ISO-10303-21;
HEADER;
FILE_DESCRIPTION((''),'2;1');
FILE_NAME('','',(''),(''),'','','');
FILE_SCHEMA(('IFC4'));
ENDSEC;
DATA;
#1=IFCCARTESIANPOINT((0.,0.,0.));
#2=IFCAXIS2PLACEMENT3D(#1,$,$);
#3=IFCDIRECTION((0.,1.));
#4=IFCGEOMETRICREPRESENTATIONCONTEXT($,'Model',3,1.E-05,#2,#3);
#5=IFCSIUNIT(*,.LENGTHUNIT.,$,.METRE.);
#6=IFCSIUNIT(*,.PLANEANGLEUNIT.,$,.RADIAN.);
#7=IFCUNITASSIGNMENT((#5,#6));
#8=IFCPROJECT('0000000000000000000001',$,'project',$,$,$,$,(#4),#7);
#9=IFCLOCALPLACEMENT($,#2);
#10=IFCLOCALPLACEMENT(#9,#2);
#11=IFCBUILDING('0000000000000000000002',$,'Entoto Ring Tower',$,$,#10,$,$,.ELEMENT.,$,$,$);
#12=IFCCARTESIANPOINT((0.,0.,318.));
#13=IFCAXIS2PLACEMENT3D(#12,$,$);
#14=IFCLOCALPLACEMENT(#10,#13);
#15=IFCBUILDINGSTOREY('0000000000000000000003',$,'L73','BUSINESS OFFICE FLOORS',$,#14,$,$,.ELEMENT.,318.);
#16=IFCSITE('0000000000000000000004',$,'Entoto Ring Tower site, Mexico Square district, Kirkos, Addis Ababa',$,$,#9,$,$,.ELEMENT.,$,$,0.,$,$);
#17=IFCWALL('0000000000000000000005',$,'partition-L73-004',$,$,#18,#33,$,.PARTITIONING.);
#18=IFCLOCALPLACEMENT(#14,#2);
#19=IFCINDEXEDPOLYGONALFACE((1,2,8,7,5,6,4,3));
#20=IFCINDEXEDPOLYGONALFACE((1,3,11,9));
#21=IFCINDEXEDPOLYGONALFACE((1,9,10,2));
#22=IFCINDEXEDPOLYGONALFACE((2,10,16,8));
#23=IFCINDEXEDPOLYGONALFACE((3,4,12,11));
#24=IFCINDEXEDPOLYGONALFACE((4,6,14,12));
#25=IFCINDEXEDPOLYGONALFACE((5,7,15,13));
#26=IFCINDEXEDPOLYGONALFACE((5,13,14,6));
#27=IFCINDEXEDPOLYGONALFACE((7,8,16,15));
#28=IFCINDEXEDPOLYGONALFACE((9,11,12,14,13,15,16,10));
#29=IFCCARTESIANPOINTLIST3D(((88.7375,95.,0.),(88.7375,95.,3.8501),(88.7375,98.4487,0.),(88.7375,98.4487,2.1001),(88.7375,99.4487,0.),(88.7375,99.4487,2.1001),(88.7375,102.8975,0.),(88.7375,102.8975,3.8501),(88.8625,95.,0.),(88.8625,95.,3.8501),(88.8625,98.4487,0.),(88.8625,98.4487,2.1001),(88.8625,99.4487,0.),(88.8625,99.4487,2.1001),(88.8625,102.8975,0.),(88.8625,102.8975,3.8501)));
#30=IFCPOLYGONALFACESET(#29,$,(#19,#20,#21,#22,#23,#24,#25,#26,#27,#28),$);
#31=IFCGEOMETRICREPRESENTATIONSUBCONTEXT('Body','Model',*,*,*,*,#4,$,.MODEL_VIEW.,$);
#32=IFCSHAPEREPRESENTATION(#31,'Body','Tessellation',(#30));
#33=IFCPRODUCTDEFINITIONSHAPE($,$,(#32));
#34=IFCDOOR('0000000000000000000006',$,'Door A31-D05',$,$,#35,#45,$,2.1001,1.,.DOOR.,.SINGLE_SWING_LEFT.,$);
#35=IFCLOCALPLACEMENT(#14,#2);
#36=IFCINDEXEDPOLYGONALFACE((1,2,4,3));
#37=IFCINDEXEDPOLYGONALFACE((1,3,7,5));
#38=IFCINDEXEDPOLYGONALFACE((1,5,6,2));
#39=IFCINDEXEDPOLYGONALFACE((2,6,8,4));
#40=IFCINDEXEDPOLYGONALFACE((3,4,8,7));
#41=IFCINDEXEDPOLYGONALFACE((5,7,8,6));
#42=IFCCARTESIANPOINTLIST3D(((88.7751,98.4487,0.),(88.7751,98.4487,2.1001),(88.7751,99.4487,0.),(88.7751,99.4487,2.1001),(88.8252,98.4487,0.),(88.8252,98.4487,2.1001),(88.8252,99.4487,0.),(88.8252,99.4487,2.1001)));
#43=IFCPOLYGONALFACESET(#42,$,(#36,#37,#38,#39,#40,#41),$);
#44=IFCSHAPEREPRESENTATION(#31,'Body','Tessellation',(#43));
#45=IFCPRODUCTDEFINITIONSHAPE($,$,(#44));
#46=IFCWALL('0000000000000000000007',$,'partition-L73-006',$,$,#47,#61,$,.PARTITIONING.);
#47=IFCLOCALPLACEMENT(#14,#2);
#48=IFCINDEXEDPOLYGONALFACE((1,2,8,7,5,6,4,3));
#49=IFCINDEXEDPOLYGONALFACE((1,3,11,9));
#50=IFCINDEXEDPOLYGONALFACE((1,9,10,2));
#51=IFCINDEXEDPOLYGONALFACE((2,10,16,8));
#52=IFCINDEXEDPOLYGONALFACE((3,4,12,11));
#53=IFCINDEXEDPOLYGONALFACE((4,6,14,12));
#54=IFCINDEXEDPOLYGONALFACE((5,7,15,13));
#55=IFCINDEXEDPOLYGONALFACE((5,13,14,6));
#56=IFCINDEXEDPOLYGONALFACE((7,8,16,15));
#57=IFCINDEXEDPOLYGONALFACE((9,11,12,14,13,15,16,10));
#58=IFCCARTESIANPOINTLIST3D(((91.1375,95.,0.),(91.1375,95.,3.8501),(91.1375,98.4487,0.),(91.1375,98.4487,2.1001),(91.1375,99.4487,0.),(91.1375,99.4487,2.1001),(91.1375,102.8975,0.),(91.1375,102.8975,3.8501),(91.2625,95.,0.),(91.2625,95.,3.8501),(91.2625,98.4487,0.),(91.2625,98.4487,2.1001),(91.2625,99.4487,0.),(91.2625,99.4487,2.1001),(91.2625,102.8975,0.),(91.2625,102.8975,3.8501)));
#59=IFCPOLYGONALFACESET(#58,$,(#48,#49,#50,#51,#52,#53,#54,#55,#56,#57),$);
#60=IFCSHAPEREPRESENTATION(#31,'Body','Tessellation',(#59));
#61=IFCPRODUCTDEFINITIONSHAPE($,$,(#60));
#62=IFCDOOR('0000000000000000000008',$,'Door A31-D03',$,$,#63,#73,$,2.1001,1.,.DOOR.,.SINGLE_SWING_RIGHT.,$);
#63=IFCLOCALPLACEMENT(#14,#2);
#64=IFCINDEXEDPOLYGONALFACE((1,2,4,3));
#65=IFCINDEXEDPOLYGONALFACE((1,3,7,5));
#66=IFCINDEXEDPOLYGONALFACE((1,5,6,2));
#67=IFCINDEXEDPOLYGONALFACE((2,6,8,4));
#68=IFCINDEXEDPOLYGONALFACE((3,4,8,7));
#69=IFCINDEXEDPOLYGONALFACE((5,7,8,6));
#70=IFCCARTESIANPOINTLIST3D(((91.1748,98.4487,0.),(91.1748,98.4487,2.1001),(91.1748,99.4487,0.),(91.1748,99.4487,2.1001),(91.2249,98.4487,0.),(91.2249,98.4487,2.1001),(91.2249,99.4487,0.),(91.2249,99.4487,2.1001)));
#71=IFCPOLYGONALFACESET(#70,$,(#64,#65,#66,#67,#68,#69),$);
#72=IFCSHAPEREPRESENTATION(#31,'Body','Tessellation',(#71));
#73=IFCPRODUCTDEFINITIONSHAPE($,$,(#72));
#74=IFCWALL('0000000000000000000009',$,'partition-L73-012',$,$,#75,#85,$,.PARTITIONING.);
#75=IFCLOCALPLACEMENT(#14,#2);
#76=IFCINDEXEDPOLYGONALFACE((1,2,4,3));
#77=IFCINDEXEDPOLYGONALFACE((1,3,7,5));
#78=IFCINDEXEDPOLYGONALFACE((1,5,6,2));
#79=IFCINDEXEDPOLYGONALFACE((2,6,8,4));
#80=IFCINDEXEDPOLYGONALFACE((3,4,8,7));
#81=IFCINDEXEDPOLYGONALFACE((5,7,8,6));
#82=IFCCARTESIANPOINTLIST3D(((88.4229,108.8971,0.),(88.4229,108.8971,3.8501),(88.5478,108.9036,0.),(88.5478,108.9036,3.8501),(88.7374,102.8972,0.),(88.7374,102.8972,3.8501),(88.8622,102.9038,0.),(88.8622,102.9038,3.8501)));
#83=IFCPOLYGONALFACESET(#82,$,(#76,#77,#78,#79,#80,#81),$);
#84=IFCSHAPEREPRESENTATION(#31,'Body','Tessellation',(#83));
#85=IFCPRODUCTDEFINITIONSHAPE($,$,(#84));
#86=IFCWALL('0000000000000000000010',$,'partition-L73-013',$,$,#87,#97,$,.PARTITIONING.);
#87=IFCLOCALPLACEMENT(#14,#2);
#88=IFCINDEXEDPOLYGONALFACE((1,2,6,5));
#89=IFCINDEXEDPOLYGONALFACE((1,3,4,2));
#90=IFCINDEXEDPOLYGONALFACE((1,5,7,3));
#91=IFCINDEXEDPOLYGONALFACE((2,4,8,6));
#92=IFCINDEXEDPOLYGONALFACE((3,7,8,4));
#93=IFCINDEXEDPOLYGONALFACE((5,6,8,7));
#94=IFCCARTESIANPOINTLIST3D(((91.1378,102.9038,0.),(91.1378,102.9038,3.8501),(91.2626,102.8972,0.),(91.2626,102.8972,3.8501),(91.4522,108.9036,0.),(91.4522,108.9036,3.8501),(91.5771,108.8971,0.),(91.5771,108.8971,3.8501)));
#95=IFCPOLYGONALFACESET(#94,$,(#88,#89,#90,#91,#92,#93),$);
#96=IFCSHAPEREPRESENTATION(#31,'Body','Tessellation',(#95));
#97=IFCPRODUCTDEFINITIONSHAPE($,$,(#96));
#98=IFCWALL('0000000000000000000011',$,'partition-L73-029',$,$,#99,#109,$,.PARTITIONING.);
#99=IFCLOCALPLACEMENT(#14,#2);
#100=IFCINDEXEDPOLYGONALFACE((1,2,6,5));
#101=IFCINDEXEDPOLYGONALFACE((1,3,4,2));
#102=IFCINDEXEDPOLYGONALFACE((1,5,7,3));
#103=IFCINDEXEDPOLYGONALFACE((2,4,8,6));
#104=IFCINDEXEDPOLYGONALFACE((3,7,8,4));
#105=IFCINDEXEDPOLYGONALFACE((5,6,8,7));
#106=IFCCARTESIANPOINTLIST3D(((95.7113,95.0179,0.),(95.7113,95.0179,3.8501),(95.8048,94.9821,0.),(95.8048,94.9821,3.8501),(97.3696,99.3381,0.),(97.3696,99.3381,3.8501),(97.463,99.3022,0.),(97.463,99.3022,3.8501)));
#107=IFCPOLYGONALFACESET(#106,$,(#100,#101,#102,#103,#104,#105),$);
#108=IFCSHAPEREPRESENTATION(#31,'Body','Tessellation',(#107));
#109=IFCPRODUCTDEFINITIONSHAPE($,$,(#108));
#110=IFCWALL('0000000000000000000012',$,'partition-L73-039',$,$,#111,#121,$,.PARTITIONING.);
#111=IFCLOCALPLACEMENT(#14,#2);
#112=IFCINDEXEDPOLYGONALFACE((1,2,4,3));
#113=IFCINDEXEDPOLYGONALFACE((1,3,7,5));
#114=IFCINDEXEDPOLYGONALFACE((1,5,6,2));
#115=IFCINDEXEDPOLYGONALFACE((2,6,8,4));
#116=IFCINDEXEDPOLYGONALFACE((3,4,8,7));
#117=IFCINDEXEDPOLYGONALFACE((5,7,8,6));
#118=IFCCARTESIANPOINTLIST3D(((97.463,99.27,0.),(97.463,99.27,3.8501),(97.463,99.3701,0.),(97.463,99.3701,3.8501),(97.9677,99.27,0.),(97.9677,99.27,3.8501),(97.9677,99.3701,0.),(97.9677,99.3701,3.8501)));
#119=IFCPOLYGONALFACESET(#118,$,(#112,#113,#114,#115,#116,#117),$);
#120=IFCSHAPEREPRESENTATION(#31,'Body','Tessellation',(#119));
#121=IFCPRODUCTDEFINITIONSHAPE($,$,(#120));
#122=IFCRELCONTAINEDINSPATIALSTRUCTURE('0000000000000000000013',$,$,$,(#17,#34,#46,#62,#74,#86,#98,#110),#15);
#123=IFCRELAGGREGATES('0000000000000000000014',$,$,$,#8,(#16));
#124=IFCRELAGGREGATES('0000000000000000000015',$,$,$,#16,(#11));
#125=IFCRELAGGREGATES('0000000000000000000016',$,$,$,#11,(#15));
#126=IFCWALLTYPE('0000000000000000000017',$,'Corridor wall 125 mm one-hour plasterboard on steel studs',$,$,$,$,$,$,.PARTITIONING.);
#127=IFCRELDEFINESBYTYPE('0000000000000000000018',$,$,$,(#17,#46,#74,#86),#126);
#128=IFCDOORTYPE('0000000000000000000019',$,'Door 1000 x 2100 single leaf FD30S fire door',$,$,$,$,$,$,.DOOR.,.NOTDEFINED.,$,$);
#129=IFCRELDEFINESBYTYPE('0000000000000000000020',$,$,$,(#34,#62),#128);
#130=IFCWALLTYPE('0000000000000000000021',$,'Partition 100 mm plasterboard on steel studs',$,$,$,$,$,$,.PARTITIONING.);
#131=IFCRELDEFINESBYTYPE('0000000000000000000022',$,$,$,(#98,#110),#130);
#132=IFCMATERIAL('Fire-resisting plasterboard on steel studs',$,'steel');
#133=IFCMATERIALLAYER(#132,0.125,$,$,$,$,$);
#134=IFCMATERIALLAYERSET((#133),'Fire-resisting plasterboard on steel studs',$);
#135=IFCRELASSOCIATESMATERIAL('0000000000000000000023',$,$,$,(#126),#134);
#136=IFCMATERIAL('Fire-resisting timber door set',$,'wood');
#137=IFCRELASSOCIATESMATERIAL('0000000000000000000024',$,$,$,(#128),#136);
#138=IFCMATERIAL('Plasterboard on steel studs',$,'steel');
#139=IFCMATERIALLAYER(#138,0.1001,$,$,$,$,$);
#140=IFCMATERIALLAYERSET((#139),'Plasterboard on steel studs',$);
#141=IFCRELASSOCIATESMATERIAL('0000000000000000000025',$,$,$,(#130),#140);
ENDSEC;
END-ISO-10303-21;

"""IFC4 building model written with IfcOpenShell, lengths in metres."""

from ifc_helpers import new_model, si_unit, direction, frame, frame_2d, origin, place, context, subcontext, project, spatial, rectangle, extrude, material, layer, layer_set, type_object, element, fill, save


model = new_model("IFC4")

# Units and contexts
model_context = context("Model", 3, precision=1e-05, world=origin(), true_north=direction((0.0, 1.0)))
body_context = subcontext(model_context, "Body", "Model", "MODEL_VIEW")
ifc_project = project(units=[si_unit("LENGTHUNIT", "METRE"), si_unit("PLANEANGLEUNIT", "RADIAN")], contexts=[model_context])

# Site, building, storey
site_placement = place(None, origin())
site = spatial("IfcSite", under=ifc_project, at=site_placement, Name="Entoto Ring Tower site, Mexico Square district, Kirkos, Addis Ababa", CompositionType="ELEMENT", RefElevation=0.0)
building_placement = place(site_placement, origin())
building = spatial("IfcBuilding", under=site, at=building_placement, Name="Entoto Ring Tower", CompositionType="ELEMENT")
storey_placement = place(building_placement, frame((0.0, 0.0, 318.0)))
storey = spatial("IfcBuildingStorey", under=building, at=storey_placement, Name="L73", Description="BUSINESS OFFICE FLOORS", CompositionType="ELEMENT", Elevation=318.0)

# Walls, openings, doors
ifc_material_1 = material(Name="Fire-resisting plasterboard on steel studs", Category="steel")
ifc_layer_1 = layer(ifc_material_1, 0.125)
ifc_layer_set_1 = layer_set([ifc_layer_1], Name="Fire-resisting plasterboard on steel studs")
wall_type_1 = type_object("IfcWallType", Name="Corridor wall 125 mm one-hour plasterboard on steel studs", PredefinedType="PARTITIONING", material=ifc_layer_set_1)
wall_1_placement = place(storey_placement, frame((88.8, 95.0, 0.0), z_axis=(0.0, 0.0, 1.0), x_axis=(0.0, 1.0, 0.0)))
wall_1 = element("IfcWall", 1, at=wall_1_placement, inside=storey, type_object=wall_type_1, Name="partition-L73-004", PredefinedType="PARTITIONING", context=body_context, shape_type="SweptSolid", body=[
    extrude(rectangle(XDim=7.8975, YDim=0.125, at=frame_2d((3.9487, 0.0))), origin(), (0.0, 0.0, 1.0), 3.8501),
])
opening_1_placement = place(wall_1_placement, frame((3.4487, 0.0, 0.0)))
opening_1 = element("IfcOpeningElement", 2, at=opening_1_placement, cuts=wall_1, PredefinedType="OPENING", context=body_context, shape_type="SweptSolid", body=[
    extrude(rectangle(XDim=1.0, YDim=2.1001, at=frame_2d((0.5, 1.05))), frame((0.0, 0.0725, 0.0), z_axis=(0.0, -1.0, 0.0), x_axis=(1.0, 0.0, 0.0)), (0.0, 0.0, 1.0), 0.145),
])
ifc_material_2 = material(Name="Fire-resisting timber door set", Category="wood")
door_type_1 = type_object("IfcDoorType", Name="Door 1000 x 2100 single leaf FD30S fire door", OperationType="NOTDEFINED", PredefinedType="DOOR", material=ifc_material_2)
door_1_placement = place(opening_1_placement, origin())
door_1 = element("IfcDoor", 3, at=door_1_placement, inside=storey, type_object=door_type_1, Name="Door A31-D05", OperationType="SINGLE_SWING_LEFT", OverallHeight=2.1001, OverallWidth=1.0, PredefinedType="DOOR", context=body_context, shape_type="SweptSolid", body=[
    extrude(rectangle(XDim=1.0, YDim=2.1001, at=frame_2d((0.5, 1.05))), frame((0.0, 0.0249, 0.0), z_axis=(0.0, -1.0, 0.0), x_axis=(1.0, 0.0, 0.0)), (0.0, 0.0, 1.0), 0.05),
])
fill(opening_1, door_1)
wall_2_placement = place(storey_placement, frame((91.2, 95.0, 0.0), z_axis=(0.0, 0.0, 1.0), x_axis=(0.0, 1.0, 0.0)))
wall_2 = element("IfcWall", 4, at=wall_2_placement, inside=storey, type_object=wall_type_1, Name="partition-L73-006", PredefinedType="PARTITIONING", context=body_context, shape_type="SweptSolid", body=[
    extrude(rectangle(XDim=7.8975, YDim=0.125, at=frame_2d((3.9487, 0.0))), origin(), (0.0, 0.0, 1.0), 3.8501),
])
opening_2_placement = place(wall_2_placement, frame((3.4487, 0.0, 0.0)))
opening_2 = element("IfcOpeningElement", 5, at=opening_2_placement, cuts=wall_2, PredefinedType="OPENING", context=body_context, shape_type="SweptSolid", body=[
    extrude(rectangle(XDim=1.0, YDim=2.1001, at=frame_2d((0.5, 1.05))), frame((0.0, 0.0725, 0.0), z_axis=(0.0, -1.0, 0.0), x_axis=(1.0, 0.0, 0.0)), (0.0, 0.0, 1.0), 0.145),
])
door_2_placement = place(opening_2_placement, frame((1.0, 0.0, 0.0), z_axis=(0.0, 0.0, 1.0), x_axis=(-1.0, 0.0, 0.0)))
door_2 = element("IfcDoor", 6, at=door_2_placement, inside=storey, type_object=door_type_1, Name="Door A31-D03", OperationType="SINGLE_SWING_RIGHT", OverallHeight=2.1001, OverallWidth=1.0, PredefinedType="DOOR", context=body_context, shape_type="SweptSolid", body=[
    extrude(rectangle(XDim=1.0, YDim=2.1001, at=frame_2d((0.5, 1.05))), frame((0.0, 0.0249, 0.0), z_axis=(0.0, -1.0, 0.0), x_axis=(1.0, 0.0, 0.0)), (0.0, 0.0, 1.0), 0.05),
])
fill(opening_2, door_2)

# Walls
for number, where, z_axis, x_axis, name in (
    (7, (88.7998, 102.9006, 0.0), (0.0, 0.0, 1.0), (-0.052339, 0.998629, 0.0), "partition-L73-012"),
    (8, (91.2002, 102.9006, 0.0), (0.0, 0.0, 1.0), (0.052339, 0.998629, 0.0), "partition-L73-013"),
):
    element("IfcWall", number, at=place(storey_placement, frame(where, z_axis=z_axis, x_axis=x_axis)), inside=storey, type_object=wall_type_1, Name=name, PredefinedType="PARTITIONING", context=body_context, shape_type="SweptSolid", body=[
        extrude(rectangle(XDim=6.0081, YDim=0.125, at=frame_2d((3.0039, 0.0))), origin(), (0.0, 0.0, 1.0), 3.8501),
    ])
ifc_material_3 = material(Name="Plasterboard on steel studs", Category="steel")
ifc_layer_2 = layer(ifc_material_3, 0.1001)
ifc_layer_set_2 = layer_set([ifc_layer_2], Name="Plasterboard on steel studs")
wall_type_2 = type_object("IfcWallType", Name="Partition 100 mm plasterboard on steel studs", PredefinedType="PARTITIONING", material=ifc_layer_set_2)
wall_3_placement = place(storey_placement, frame((95.7581, 95.0, 0.0), z_axis=(0.0, 0.0, 1.0), x_axis=(0.358346, 0.933589, 0.0)))
element("IfcWall", 9, at=wall_3_placement, inside=storey, type_object=wall_type_2, Name="partition-L73-029", PredefinedType="PARTITIONING", context=body_context, shape_type="SweptSolid", body=[
    extrude(rectangle(XDim=4.6274, YDim=0.1001, at=frame_2d((2.3137, 0.0))), origin(), (0.0, 0.0, 1.0), 3.8501),
])
wall_4_placement = place(storey_placement, frame((97.4629, 99.3201, 0.0), z_axis=(0.0, 0.0, 1.0), x_axis=(1.0, 0.0, 0.0)))
element("IfcWall", 10, at=wall_4_placement, inside=storey, type_object=wall_type_2, Name="partition-L73-039", PredefinedType="PARTITIONING", context=body_context, shape_type="SweptSolid", body=[
    extrude(rectangle(XDim=0.5046, YDim=0.1001, at=frame_2d((0.2524, 0.0))), origin(), (0.0, 0.0, 1.0), 3.8501),
])

save(model, "model.ifc")
